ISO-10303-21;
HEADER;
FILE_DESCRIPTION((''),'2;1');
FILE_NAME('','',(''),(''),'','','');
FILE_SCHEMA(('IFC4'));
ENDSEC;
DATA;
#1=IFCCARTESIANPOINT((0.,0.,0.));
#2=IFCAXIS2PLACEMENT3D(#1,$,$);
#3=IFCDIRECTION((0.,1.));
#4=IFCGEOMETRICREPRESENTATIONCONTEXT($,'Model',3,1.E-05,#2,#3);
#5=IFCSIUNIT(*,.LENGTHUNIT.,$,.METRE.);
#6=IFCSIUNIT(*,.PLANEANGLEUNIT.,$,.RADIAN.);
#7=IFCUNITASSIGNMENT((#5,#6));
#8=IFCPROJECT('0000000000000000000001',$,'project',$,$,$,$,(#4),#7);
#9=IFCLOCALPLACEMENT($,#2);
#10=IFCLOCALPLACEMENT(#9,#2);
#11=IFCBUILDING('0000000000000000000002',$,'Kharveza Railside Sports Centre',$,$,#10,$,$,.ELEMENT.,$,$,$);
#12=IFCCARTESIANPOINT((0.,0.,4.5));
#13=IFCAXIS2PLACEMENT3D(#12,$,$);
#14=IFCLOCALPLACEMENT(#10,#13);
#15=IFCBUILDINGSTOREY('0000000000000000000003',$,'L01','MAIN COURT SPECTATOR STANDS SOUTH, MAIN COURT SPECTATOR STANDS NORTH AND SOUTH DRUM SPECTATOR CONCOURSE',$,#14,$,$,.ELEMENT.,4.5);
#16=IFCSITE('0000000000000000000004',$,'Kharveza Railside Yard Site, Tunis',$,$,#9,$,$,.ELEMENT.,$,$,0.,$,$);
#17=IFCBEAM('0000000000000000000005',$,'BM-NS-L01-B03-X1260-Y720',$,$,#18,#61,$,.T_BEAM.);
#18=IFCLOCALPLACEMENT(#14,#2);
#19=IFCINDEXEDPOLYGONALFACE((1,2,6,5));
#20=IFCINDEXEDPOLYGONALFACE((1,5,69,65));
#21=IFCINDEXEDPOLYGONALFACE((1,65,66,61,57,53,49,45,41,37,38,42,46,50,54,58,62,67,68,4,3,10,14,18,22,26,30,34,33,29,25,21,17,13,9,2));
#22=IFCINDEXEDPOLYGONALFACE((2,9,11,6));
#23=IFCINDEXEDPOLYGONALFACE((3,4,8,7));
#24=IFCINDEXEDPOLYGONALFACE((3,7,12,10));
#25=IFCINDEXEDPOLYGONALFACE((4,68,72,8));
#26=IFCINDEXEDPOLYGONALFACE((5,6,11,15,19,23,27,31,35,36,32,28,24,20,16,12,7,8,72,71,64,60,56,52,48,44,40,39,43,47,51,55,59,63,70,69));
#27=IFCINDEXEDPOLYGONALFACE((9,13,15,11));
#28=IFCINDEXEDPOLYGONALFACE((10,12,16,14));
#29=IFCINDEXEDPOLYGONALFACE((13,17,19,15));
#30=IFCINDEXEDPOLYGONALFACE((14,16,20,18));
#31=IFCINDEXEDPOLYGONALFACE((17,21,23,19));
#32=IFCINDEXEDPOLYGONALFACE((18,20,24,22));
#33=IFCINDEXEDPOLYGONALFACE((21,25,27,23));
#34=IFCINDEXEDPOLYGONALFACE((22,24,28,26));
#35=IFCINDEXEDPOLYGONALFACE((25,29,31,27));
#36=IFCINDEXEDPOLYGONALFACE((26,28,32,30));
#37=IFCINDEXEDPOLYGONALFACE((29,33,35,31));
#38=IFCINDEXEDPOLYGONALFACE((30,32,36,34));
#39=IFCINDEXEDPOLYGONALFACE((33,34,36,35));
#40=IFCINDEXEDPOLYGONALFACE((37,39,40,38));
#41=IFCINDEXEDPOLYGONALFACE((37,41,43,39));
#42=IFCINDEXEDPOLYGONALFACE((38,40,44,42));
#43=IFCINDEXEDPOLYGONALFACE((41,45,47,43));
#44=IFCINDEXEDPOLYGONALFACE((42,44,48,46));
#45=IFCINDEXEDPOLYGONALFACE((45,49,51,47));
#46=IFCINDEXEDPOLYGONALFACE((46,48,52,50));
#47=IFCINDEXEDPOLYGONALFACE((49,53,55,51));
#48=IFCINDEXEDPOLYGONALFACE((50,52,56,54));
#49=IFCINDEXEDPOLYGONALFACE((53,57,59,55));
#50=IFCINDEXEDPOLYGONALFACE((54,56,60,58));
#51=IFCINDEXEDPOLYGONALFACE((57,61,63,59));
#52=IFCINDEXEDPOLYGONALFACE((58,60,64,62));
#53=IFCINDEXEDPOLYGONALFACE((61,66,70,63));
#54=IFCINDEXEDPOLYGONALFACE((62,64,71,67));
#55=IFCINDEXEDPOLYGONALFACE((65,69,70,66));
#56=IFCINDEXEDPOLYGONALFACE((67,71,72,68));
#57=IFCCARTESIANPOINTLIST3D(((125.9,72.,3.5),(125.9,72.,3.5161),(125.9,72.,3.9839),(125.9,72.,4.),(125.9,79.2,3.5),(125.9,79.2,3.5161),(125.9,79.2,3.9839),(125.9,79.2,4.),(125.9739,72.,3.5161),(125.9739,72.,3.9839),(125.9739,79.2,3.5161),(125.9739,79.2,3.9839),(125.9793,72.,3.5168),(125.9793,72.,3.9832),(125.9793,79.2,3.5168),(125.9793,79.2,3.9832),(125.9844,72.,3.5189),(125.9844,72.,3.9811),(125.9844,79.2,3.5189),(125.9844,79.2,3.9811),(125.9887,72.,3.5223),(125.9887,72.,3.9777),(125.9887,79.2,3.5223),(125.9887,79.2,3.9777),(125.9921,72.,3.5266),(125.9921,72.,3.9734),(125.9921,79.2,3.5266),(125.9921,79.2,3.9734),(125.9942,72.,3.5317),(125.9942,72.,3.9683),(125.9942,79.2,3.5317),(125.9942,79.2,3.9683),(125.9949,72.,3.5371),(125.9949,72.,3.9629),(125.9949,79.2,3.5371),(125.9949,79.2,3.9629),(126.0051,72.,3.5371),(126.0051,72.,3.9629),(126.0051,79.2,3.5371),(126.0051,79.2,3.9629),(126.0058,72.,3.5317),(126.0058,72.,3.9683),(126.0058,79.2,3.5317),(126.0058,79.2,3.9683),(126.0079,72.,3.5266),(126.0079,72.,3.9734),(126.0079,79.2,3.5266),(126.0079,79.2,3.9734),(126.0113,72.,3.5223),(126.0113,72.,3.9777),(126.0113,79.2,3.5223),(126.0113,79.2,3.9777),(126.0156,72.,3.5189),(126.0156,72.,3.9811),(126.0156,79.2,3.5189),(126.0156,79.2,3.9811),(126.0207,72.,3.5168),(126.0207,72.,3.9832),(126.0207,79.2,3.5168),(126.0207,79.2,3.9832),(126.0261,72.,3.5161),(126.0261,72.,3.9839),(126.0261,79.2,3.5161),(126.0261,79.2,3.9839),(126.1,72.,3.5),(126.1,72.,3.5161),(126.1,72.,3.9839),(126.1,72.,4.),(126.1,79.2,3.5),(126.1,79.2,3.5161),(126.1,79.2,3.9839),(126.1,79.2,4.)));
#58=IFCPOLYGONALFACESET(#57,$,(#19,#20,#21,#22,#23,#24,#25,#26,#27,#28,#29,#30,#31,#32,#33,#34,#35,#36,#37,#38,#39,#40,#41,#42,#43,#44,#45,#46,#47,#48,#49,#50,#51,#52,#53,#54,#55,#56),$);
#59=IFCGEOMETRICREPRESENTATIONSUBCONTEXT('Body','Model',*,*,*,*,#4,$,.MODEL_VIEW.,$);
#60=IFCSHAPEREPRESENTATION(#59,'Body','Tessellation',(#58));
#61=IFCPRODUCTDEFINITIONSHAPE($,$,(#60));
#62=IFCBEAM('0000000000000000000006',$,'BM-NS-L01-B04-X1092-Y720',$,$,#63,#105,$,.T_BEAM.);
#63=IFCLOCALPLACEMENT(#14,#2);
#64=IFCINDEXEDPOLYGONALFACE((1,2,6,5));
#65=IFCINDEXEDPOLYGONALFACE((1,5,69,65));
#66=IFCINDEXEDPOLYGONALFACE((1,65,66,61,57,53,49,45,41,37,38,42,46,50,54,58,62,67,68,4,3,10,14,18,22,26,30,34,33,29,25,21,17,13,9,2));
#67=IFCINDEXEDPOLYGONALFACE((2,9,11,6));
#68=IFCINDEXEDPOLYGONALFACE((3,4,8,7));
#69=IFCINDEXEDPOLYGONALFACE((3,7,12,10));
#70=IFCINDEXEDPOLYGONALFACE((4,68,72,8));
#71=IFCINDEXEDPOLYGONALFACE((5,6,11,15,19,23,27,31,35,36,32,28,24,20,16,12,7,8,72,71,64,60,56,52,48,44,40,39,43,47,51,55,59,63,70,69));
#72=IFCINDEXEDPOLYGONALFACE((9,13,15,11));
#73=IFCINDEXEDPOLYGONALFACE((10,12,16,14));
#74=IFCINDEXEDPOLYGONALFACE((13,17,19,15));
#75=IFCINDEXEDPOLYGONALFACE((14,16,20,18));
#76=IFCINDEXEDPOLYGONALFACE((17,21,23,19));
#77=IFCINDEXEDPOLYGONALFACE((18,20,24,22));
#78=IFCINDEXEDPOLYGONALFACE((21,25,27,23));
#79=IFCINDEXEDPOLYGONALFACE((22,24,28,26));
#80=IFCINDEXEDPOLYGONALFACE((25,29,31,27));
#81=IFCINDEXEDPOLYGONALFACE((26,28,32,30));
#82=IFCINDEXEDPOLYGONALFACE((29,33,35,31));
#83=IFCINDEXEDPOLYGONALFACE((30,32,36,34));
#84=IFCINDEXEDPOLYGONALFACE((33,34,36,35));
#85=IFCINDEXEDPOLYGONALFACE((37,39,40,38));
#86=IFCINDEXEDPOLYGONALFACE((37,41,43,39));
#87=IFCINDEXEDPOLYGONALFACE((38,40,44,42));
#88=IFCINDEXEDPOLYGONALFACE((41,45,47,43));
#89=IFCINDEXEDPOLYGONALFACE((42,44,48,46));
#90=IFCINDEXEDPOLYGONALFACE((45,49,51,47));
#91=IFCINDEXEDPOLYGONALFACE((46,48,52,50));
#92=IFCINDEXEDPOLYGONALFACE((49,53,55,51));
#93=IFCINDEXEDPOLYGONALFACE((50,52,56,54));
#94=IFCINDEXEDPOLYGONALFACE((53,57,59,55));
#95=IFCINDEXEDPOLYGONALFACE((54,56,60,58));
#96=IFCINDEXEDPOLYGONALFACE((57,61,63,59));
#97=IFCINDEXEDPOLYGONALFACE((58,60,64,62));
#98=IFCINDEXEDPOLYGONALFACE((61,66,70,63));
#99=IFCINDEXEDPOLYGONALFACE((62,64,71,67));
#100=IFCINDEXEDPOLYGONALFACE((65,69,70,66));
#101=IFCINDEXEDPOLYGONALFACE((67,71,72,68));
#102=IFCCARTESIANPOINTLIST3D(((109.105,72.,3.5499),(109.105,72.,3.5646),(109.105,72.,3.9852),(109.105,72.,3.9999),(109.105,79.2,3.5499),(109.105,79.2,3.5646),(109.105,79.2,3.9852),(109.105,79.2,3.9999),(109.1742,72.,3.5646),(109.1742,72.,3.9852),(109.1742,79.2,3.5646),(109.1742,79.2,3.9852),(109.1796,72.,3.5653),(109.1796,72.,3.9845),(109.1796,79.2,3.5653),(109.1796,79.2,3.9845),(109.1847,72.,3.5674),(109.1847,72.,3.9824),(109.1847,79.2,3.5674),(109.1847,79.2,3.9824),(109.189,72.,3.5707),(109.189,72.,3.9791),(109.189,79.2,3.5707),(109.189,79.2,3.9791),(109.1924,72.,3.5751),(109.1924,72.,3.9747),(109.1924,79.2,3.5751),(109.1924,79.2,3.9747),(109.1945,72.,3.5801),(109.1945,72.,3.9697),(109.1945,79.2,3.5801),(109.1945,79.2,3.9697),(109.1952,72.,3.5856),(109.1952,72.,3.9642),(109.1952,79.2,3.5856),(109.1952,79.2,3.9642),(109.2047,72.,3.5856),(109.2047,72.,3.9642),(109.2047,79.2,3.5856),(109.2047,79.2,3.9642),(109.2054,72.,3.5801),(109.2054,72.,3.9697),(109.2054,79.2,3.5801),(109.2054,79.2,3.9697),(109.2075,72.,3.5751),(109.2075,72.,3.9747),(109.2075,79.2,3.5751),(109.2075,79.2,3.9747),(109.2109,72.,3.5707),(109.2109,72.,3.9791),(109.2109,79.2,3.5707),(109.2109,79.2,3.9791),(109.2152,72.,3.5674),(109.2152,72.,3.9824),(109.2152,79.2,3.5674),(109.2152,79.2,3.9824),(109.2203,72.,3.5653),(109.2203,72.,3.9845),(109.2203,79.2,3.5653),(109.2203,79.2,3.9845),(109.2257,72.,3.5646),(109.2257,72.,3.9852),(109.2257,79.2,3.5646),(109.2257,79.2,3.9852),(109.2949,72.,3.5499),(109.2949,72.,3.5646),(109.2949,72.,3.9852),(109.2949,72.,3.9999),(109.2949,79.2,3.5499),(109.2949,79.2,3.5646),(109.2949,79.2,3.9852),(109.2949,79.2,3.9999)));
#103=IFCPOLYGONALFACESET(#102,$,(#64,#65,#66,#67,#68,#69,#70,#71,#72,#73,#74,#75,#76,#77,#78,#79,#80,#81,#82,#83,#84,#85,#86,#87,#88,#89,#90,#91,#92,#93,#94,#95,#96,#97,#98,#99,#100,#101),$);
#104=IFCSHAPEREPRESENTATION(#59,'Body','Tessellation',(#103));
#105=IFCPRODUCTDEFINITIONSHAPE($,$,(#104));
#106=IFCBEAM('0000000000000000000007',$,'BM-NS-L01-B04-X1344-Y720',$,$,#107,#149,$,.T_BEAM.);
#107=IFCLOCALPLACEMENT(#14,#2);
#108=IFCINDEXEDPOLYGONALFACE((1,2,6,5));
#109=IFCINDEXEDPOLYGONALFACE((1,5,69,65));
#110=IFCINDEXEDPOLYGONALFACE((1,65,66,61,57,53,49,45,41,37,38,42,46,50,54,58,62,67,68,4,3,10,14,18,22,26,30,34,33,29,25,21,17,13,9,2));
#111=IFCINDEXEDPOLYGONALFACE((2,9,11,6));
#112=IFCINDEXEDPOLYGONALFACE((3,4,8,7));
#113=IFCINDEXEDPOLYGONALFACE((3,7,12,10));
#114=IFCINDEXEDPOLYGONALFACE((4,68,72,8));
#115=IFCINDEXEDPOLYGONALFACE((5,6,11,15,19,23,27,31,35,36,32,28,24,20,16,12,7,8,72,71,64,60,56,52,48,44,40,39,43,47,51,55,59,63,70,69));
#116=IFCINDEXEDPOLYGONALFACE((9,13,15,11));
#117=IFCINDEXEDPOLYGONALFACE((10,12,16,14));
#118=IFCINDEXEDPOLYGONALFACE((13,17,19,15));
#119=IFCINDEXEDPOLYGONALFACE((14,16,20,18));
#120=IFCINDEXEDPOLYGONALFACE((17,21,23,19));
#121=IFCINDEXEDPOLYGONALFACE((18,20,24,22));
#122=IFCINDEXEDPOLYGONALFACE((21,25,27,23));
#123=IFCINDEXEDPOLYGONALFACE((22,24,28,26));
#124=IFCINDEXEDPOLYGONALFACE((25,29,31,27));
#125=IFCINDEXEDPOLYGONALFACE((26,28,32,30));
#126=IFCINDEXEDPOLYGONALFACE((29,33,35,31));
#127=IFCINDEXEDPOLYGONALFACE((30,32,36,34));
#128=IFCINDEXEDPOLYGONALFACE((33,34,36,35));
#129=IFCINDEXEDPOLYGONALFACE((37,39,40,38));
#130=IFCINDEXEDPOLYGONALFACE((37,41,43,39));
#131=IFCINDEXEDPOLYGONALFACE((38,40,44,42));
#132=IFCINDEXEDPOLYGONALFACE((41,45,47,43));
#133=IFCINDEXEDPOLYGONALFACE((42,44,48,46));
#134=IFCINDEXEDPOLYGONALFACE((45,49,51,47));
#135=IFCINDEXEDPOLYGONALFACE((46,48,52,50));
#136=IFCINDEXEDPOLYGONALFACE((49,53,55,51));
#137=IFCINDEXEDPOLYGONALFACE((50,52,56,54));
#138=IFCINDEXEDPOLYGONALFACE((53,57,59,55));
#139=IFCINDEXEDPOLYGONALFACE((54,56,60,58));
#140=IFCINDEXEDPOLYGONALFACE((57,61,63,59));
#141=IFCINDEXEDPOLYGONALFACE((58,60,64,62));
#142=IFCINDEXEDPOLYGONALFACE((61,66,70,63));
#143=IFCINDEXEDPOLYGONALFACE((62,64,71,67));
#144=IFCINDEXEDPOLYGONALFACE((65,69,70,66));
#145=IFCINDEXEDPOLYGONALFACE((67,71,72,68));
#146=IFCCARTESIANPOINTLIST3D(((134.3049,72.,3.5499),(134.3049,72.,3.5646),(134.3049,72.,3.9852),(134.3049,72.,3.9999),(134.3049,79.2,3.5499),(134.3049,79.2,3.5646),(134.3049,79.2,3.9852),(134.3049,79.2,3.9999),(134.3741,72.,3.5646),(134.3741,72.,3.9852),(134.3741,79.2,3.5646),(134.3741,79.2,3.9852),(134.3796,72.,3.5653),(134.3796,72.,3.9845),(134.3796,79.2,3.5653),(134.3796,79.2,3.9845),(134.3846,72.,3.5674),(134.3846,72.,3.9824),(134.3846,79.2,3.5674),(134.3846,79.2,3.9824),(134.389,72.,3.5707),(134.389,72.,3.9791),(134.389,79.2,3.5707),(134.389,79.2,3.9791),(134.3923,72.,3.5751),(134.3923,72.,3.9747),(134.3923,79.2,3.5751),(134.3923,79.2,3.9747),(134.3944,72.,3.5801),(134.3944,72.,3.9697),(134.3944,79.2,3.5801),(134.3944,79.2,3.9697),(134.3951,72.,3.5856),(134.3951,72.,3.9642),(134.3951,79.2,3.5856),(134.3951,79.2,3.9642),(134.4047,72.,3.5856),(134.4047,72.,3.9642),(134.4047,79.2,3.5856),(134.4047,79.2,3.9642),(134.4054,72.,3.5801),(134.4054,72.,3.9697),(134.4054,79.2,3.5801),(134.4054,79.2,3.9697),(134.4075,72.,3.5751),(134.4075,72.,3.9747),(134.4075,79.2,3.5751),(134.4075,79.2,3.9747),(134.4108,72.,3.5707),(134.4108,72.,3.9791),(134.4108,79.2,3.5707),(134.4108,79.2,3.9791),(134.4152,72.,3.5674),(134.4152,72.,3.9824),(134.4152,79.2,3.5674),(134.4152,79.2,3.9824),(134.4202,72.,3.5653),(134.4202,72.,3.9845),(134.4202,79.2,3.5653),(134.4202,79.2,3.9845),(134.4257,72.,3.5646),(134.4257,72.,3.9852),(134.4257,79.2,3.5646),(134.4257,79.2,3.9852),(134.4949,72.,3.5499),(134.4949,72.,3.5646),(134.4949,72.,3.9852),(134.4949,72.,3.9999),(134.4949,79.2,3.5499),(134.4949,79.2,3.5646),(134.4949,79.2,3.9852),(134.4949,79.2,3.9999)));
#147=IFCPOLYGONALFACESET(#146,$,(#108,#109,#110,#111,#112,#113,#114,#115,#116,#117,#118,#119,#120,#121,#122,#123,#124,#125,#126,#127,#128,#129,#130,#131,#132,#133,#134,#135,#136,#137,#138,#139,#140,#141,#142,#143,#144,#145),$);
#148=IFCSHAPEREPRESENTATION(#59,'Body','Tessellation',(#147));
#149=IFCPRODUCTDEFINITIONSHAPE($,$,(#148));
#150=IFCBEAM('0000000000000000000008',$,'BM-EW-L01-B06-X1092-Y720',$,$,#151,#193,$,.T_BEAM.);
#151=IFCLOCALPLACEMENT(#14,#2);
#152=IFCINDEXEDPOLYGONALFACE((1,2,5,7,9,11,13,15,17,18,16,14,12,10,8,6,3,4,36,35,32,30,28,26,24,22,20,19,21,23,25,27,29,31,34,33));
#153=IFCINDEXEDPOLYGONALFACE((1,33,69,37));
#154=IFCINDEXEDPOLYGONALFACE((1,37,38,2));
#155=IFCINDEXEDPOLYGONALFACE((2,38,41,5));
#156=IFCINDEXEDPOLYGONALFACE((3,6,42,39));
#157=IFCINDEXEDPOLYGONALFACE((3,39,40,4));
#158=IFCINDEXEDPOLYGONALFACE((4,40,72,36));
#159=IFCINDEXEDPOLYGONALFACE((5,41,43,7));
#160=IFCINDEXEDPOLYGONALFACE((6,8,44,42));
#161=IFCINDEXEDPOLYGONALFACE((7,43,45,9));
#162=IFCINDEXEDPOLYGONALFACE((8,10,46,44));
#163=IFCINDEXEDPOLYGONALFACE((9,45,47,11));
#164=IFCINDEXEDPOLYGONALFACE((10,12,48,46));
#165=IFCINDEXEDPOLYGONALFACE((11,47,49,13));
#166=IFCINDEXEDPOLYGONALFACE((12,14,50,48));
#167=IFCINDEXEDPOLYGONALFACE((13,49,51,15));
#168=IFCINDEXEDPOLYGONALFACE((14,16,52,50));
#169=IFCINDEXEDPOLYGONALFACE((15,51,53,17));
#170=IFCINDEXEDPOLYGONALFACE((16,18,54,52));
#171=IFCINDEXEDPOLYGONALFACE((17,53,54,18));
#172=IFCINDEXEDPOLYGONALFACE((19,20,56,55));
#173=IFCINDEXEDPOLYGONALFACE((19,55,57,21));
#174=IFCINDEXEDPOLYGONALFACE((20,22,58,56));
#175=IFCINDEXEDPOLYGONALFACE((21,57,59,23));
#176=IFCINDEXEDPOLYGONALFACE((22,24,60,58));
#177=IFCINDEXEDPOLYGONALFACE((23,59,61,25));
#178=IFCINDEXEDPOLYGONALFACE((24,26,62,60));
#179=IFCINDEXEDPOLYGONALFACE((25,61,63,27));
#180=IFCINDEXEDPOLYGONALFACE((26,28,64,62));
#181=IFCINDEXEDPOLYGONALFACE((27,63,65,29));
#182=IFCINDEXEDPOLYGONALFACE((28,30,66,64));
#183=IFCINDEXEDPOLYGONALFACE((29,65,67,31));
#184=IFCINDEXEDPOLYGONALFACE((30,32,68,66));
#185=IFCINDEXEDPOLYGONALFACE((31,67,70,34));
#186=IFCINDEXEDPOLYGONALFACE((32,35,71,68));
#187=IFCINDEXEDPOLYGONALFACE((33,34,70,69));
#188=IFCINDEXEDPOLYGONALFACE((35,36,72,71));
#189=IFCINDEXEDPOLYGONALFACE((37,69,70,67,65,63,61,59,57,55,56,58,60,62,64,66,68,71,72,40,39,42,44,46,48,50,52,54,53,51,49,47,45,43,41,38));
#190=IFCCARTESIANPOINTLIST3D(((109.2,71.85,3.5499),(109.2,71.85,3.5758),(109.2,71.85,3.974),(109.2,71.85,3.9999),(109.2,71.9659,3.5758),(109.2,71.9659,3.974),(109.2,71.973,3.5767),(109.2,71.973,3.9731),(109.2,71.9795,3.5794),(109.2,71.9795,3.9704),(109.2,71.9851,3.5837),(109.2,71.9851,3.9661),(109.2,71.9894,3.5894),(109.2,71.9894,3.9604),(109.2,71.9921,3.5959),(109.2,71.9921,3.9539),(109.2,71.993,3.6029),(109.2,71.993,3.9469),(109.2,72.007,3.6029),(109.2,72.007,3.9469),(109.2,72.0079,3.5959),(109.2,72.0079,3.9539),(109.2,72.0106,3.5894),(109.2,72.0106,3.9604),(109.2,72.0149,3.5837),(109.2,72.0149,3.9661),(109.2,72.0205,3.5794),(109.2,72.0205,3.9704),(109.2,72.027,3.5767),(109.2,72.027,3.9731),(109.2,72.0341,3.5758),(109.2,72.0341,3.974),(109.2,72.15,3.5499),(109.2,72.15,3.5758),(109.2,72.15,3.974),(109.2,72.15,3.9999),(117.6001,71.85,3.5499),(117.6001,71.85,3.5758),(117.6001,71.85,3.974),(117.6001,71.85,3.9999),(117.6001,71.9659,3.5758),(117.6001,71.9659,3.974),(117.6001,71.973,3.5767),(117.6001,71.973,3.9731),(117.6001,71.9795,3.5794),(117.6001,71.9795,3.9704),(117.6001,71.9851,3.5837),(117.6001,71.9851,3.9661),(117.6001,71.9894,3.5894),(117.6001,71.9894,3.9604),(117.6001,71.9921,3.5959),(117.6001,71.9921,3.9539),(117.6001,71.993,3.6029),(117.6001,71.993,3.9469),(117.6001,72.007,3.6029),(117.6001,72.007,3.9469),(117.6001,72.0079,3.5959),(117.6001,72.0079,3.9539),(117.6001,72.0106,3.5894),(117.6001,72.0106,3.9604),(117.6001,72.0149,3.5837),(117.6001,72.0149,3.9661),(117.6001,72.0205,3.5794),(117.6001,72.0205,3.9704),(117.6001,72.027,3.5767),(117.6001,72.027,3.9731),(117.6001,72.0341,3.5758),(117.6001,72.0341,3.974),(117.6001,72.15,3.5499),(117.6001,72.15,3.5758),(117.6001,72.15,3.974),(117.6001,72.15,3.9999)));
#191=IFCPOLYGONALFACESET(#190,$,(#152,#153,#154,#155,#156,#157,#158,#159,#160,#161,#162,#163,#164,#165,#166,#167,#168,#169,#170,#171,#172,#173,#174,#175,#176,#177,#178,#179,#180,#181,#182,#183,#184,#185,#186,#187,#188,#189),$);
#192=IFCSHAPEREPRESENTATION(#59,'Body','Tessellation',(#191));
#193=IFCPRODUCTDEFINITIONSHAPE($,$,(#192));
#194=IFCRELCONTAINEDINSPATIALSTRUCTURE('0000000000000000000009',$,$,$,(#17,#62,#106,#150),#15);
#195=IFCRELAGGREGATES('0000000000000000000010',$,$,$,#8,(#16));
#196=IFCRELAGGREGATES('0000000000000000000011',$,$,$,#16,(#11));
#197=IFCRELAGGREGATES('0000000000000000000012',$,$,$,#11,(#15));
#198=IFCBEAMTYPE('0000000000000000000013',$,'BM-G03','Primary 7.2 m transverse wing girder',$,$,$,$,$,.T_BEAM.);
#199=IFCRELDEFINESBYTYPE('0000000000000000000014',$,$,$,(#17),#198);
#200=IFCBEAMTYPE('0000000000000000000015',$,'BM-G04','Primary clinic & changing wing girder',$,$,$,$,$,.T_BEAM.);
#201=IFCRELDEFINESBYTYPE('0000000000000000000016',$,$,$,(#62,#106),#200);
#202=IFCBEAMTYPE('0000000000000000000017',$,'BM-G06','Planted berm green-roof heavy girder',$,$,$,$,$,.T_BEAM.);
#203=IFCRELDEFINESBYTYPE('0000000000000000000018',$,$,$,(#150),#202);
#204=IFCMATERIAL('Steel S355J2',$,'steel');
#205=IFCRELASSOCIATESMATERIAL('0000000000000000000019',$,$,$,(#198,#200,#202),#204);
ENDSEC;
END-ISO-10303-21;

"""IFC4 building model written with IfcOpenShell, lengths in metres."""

from ifc_helpers import new_model, si_unit, direction, frame, origin, origin_2d, place, context, subcontext, project, spatial, i_section, extrude, material, material_profile, profile_set, type_object, element, save


model = new_model("IFC4")

# Units and contexts
model_context = context("Model", 3, precision=1e-05, world=origin(), true_north=direction((0.0, 1.0)))
body_context = subcontext(model_context, "Body", "Model", "MODEL_VIEW")
ifc_project = project(units=[si_unit("LENGTHUNIT", "METRE"), si_unit("PLANEANGLEUNIT", "RADIAN")], contexts=[model_context])

# Site, building, storey
site_placement = place(None, origin())
site = spatial("IfcSite", under=ifc_project, at=site_placement, Name="Kharveza Railside Yard Site, Tunis", CompositionType="ELEMENT", RefElevation=0.0)
building_placement = place(site_placement, origin())
building = spatial("IfcBuilding", under=site, at=building_placement, Name="Kharveza Railside Sports Centre", CompositionType="ELEMENT")
storey_placement = place(building_placement, frame((0.0, 0.0, 4.5)))
storey = spatial("IfcBuildingStorey", under=building, at=storey_placement, Name="L01", Description="MAIN COURT SPECTATOR STANDS SOUTH, MAIN COURT SPECTATOR STANDS NORTH AND SOUTH DRUM SPECTATOR CONCOURSE", CompositionType="ELEMENT", Elevation=4.5)

# Shared definitions
ifc_material_1 = material(Name="Steel S355J2", Category="steel")

# Beams
ifc_material_profile_1 = material_profile(ifc_material_1, i_section(OverallWidth=0.2, OverallDepth=0.5, WebThickness=0.0103, FlangeThickness=0.0161, FilletRadius=0.021, at=origin_2d()), Name="IPE 500")
ifc_profile_set_1 = profile_set([ifc_material_profile_1], Name="Steel S355J2")
beam_type_1 = type_object("IfcBeamType", Name="BM-G03", Description="Primary 7.2 m transverse wing girder", PredefinedType="T_BEAM", material=ifc_profile_set_1)
beam_1_placement = place(storey_placement, frame((126.0, 72.0, 3.75), z_axis=(0.0, 1.0, 0.0), x_axis=(-1.0, 0.0, 0.0)))
element("IfcBeam", 1, at=beam_1_placement, inside=storey, type_object=beam_type_1, Name="BM-NS-L01-B03-X1260-Y720", PredefinedType="T_BEAM", context=body_context, shape_type="SweptSolid", body=[
    extrude(i_section(OverallWidth=0.2, OverallDepth=0.5, WebThickness=0.0103, FlangeThickness=0.0161, FilletRadius=0.021, at=origin_2d()), origin(), (0.0, 0.0, 1.0), 7.2),
])
ifc_material_profile_2 = material_profile(ifc_material_1, i_section(OverallWidth=0.1899, OverallDepth=0.45, WebThickness=0.0095, FlangeThickness=0.0146, FilletRadius=0.021, at=origin_2d()), Name="IPE 450")
ifc_profile_set_2 = profile_set([ifc_material_profile_2], Name="Steel S355J2")
beam_type_2 = type_object("IfcBeamType", Name="BM-G04", Description="Primary clinic & changing wing girder", PredefinedType="T_BEAM", material=ifc_profile_set_2)
for number, where, z_axis, x_axis, name in (
    (2, (109.2, 72.0, 3.7749), (0.0, 1.0, 0.0), (-1.0, 0.0, 0.0), "BM-NS-L01-B04-X1092-Y720"),
    (3, (134.3999, 72.0, 3.7749), (0.0, 1.0, 0.0), (-1.0, 0.0, 0.0), "BM-NS-L01-B04-X1344-Y720"),
):
    element("IfcBeam", number, at=place(storey_placement, frame(where, z_axis=z_axis, x_axis=x_axis)), inside=storey, type_object=beam_type_2, Name=name, PredefinedType="T_BEAM", context=body_context, shape_type="SweptSolid", body=[
        extrude(i_section(OverallWidth=0.1899, OverallDepth=0.45, WebThickness=0.0095, FlangeThickness=0.0146, FilletRadius=0.021, at=origin_2d()), origin(), (0.0, 0.0, 1.0), 7.2),
    ])
ifc_material_profile_3 = material_profile(ifc_material_1, i_section(OverallWidth=0.3, OverallDepth=0.45, WebThickness=0.0139, FlangeThickness=0.0259, FilletRadius=0.0271, at=origin_2d()), Name="HEB 450")
ifc_profile_set_3 = profile_set([ifc_material_profile_3], Name="Steel S355J2")
beam_type_3 = type_object("IfcBeamType", Name="BM-G06", Description="Planted berm green-roof heavy girder", PredefinedType="T_BEAM", material=ifc_profile_set_3)
beam_2_placement = place(storey_placement, frame((109.2, 72.0, 3.7749), z_axis=(1.0, 0.0, 0.0), x_axis=(0.0, 1.0, 0.0)))
element("IfcBeam", 4, at=beam_2_placement, inside=storey, type_object=beam_type_3, Name="BM-EW-L01-B06-X1092-Y720", PredefinedType="T_BEAM", context=body_context, shape_type="SweptSolid", body=[
    extrude(i_section(OverallWidth=0.3, OverallDepth=0.45, WebThickness=0.0139, FlangeThickness=0.0259, FilletRadius=0.0271, at=origin_2d()), origin(), (0.0, 0.0, 1.0), 8.4001),
])

save(model, "model.ifc")
